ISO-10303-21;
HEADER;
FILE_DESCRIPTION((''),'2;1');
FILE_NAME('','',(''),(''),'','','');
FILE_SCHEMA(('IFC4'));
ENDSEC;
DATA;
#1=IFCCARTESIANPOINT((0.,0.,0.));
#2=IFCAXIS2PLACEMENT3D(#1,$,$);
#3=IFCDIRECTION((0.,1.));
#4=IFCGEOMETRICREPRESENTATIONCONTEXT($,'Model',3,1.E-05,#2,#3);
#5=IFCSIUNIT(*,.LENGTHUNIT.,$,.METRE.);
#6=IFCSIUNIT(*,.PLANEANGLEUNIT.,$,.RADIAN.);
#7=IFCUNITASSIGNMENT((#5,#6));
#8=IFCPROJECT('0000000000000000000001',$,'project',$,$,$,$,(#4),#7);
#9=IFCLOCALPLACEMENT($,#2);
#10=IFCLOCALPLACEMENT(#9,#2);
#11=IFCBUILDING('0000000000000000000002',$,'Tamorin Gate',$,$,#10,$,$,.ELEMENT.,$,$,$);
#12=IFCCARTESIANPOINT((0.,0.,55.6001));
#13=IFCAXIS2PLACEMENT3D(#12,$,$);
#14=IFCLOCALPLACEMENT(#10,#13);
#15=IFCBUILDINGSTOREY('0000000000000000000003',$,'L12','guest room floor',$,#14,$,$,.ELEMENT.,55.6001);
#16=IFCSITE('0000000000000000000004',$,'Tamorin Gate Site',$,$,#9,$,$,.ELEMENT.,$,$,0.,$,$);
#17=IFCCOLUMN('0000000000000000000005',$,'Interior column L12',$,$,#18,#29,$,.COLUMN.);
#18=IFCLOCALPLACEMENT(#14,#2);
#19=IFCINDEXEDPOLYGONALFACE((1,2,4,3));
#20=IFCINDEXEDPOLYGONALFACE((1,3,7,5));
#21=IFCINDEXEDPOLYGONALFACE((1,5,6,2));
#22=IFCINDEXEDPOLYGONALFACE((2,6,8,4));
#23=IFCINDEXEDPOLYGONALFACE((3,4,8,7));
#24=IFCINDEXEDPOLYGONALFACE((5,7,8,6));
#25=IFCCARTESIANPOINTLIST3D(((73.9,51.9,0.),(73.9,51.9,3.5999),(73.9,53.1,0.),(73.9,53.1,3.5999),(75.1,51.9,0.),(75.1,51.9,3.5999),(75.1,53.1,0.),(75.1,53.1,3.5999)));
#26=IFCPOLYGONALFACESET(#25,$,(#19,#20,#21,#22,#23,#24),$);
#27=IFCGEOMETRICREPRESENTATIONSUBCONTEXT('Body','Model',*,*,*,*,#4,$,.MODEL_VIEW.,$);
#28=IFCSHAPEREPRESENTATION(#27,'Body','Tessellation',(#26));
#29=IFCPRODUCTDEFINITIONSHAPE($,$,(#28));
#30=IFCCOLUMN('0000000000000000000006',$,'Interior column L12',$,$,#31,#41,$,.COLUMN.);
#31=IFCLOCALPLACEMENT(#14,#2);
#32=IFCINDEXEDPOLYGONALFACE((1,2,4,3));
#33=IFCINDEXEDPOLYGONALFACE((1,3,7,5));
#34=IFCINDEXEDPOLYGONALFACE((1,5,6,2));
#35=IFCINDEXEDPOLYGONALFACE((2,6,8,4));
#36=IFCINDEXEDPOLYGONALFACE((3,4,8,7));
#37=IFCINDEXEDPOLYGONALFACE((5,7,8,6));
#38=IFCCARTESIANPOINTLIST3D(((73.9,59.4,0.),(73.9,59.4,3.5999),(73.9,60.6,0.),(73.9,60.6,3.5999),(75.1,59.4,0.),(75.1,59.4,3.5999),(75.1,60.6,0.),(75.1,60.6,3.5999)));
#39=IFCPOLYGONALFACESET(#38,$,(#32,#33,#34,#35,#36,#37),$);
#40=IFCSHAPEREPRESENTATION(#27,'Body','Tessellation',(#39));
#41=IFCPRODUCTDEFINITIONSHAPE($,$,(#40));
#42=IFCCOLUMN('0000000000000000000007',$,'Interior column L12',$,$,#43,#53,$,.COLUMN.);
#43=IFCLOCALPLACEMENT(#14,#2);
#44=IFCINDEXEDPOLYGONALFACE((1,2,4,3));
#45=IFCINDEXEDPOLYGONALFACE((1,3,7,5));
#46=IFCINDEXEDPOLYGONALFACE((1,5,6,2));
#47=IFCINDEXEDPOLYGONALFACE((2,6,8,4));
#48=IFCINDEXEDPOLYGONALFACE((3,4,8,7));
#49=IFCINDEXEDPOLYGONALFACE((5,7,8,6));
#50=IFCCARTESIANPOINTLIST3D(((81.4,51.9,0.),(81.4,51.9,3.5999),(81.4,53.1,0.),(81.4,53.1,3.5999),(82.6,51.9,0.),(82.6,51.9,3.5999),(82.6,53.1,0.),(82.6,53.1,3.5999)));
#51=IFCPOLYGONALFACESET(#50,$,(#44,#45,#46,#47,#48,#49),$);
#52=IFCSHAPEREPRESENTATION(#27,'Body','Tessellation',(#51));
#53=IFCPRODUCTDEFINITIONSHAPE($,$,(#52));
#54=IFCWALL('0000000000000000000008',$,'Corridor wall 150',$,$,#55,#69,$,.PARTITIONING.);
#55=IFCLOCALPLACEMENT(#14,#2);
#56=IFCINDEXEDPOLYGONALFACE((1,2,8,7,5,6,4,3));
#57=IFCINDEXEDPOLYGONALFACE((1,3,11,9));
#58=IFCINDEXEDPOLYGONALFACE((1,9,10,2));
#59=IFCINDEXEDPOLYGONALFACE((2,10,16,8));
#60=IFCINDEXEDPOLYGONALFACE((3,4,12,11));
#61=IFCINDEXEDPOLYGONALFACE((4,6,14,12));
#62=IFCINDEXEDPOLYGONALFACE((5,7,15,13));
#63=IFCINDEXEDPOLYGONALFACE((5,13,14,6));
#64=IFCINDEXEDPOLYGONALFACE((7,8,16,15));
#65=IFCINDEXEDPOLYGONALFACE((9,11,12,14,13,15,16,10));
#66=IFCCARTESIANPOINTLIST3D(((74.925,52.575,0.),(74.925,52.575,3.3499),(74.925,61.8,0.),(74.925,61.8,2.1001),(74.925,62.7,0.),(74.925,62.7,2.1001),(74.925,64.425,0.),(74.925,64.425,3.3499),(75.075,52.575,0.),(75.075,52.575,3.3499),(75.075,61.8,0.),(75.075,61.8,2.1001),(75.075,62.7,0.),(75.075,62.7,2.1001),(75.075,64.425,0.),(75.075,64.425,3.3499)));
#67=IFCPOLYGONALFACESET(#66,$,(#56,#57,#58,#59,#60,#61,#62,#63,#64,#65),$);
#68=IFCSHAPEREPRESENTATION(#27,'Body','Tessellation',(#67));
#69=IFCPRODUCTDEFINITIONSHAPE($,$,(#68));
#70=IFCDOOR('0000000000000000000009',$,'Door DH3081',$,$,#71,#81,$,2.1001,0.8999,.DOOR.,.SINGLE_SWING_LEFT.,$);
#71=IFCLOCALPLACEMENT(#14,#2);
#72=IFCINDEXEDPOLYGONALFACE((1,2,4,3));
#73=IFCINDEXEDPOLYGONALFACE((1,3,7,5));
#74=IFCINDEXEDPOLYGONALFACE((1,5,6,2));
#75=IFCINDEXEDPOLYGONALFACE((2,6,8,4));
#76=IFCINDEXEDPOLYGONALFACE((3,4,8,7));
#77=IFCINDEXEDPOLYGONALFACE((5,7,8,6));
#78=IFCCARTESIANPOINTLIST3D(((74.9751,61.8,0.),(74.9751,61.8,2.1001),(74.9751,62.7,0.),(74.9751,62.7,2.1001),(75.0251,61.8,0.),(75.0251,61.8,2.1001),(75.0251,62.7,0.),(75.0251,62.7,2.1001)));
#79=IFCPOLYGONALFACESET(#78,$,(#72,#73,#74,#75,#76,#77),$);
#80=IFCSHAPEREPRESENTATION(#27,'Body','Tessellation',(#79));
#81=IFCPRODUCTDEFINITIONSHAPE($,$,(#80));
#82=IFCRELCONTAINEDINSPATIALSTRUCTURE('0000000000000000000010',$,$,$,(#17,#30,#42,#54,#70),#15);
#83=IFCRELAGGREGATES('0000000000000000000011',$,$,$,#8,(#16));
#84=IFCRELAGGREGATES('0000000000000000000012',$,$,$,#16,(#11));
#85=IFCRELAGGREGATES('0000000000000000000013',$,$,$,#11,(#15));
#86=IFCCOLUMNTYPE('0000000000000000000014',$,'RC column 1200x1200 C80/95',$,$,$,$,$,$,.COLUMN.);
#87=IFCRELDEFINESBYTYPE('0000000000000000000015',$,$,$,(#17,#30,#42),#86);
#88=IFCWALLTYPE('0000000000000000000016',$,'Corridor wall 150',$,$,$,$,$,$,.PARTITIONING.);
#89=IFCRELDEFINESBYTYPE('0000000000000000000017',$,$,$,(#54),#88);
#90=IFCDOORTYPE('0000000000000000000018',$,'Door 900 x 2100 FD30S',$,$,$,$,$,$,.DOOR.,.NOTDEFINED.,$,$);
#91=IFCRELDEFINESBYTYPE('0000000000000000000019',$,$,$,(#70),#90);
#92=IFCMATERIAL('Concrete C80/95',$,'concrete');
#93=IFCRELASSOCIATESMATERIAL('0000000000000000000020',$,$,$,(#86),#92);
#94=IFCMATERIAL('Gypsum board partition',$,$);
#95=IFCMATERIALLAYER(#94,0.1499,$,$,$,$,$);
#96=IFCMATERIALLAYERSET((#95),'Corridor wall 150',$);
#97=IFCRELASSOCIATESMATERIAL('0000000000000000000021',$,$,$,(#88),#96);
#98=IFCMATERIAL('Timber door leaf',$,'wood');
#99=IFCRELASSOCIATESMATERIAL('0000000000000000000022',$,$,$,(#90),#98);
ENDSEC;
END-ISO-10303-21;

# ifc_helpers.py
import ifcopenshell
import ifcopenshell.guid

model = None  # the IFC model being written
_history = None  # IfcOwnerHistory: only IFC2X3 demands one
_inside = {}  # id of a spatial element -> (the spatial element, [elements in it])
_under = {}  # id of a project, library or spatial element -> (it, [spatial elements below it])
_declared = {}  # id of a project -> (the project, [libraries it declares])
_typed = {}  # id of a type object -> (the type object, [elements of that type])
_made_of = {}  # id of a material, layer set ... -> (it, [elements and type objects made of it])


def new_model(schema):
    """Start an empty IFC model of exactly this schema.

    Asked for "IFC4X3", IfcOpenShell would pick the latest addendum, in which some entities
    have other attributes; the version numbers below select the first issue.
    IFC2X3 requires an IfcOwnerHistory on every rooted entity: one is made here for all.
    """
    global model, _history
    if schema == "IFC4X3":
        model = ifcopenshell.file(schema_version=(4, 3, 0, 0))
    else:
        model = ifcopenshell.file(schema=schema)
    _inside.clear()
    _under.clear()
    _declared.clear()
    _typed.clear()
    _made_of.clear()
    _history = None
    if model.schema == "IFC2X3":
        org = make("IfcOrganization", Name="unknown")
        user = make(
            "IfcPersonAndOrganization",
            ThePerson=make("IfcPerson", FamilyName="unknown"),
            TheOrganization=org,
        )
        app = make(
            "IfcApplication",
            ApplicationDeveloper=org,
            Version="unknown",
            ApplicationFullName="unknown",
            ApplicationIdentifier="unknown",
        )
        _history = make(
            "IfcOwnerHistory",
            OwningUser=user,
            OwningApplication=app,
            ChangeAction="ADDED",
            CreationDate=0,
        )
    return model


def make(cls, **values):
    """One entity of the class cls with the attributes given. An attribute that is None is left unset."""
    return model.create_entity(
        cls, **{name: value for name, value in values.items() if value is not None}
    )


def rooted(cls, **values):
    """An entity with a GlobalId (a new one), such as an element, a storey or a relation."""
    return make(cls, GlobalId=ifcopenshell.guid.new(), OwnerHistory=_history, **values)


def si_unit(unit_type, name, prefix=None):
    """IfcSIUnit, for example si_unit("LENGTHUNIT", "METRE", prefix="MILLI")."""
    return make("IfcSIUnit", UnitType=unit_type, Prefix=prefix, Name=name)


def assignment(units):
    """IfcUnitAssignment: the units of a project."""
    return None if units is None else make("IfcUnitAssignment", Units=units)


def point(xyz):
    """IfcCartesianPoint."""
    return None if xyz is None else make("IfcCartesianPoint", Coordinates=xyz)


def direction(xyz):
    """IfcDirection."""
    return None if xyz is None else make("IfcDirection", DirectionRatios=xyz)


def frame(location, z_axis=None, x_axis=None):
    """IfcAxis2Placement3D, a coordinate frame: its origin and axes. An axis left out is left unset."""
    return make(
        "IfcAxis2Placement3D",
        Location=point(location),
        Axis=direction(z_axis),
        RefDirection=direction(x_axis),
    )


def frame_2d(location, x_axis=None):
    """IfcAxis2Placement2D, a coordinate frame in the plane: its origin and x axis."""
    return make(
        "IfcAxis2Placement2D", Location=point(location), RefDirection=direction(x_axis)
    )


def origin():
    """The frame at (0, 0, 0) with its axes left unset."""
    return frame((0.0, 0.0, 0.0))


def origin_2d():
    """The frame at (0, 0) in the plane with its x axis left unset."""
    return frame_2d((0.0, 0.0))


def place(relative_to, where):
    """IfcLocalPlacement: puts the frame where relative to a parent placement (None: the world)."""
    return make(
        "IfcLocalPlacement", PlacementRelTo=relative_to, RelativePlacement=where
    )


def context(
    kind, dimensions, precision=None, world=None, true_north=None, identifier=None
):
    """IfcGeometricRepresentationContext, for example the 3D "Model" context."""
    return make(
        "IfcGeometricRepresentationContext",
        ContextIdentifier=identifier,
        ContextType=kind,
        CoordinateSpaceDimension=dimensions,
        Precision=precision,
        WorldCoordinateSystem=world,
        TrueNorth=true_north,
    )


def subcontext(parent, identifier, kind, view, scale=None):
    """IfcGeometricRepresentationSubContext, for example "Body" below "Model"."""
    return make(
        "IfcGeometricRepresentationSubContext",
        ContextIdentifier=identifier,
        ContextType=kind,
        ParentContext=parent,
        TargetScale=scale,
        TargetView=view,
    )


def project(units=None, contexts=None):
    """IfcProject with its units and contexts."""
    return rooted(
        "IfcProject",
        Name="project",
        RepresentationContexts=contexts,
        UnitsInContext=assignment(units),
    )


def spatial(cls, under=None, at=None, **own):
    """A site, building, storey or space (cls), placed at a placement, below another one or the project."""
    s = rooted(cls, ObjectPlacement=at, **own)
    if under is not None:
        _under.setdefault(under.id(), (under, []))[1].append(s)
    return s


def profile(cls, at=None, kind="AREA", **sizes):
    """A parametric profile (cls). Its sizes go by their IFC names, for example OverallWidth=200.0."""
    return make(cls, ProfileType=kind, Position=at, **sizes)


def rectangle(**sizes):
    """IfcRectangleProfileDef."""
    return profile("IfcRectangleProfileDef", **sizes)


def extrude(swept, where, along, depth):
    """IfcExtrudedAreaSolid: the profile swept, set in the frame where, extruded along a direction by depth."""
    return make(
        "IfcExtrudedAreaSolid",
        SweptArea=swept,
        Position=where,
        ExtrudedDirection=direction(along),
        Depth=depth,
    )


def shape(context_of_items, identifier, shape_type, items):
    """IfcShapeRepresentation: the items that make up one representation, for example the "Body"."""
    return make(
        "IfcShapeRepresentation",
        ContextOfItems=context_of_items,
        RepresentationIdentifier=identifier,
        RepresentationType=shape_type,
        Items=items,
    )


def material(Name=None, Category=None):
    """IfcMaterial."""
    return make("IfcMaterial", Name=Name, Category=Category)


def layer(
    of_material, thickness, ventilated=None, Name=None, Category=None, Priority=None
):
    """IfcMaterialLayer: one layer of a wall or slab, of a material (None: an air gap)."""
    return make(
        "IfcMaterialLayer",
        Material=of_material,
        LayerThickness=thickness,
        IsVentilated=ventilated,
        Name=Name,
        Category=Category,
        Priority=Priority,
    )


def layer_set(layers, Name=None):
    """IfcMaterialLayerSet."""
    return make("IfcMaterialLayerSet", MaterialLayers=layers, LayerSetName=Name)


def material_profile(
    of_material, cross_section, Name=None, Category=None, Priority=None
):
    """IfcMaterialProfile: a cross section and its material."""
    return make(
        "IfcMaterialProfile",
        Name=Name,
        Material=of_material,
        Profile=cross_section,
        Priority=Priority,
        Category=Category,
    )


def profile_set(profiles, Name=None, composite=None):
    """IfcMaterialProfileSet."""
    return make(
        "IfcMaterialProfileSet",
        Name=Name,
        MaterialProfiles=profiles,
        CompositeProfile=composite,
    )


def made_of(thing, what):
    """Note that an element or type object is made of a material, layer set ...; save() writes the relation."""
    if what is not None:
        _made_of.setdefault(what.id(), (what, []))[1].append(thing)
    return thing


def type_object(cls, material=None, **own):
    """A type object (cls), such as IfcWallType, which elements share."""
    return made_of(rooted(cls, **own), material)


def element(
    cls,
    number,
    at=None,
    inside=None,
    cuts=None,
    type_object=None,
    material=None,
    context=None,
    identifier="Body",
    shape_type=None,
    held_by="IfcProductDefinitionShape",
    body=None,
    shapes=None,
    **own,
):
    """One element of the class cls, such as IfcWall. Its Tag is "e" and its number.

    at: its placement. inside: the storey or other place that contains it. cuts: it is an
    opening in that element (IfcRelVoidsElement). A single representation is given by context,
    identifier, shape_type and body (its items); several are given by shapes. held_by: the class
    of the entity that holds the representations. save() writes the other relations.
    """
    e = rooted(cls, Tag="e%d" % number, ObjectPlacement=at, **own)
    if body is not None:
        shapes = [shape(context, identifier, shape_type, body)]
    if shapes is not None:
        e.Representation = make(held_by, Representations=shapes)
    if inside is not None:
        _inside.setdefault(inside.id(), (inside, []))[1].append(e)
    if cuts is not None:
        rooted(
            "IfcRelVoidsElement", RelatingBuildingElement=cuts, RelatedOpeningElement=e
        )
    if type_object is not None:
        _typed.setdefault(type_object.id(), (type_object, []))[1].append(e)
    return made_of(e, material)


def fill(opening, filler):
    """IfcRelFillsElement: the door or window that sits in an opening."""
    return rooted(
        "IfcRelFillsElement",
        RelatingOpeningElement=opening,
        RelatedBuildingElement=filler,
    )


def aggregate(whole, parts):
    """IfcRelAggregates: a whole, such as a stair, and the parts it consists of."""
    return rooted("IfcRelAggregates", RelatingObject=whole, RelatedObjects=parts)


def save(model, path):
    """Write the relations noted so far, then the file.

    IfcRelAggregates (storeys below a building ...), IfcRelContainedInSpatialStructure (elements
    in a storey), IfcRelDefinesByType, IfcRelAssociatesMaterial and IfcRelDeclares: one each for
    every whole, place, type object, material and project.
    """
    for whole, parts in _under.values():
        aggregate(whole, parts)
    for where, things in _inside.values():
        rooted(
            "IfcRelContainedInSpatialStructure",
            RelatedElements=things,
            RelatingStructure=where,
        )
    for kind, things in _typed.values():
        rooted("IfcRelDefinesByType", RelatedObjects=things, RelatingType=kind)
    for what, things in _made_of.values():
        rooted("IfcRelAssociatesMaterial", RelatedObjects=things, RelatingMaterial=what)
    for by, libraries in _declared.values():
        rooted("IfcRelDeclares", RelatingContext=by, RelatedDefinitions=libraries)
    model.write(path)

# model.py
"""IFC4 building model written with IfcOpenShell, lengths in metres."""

from ifc_helpers import new_model, si_unit, direction, frame, frame_2d, origin, origin_2d, place, context, subcontext, project, spatial, rectangle, extrude, material, layer, layer_set, material_profile, profile_set, type_object, element, fill, save


model = new_model("IFC4")

# Units and contexts
model_context = context("Model", 3, precision=1e-05, world=origin(), true_north=direction((0.0, 1.0)))
body_context = subcontext(model_context, "Body", "Model", "MODEL_VIEW")
ifc_project = project(units=[si_unit("LENGTHUNIT", "METRE"), si_unit("PLANEANGLEUNIT", "RADIAN")], contexts=[model_context])

# Site, building, storey
site_placement = place(None, origin())
site = spatial("IfcSite", under=ifc_project, at=site_placement, Name="Tamorin Gate Site", CompositionType="ELEMENT", RefElevation=0.0)
building_placement = place(site_placement, origin())
building = spatial("IfcBuilding", under=site, at=building_placement, Name="Tamorin Gate", CompositionType="ELEMENT")
storey_placement = place(building_placement, frame((0.0, 0.0, 55.6001)))
storey = spatial("IfcBuildingStorey", under=building, at=storey_placement, Name="L12", Description="guest room floor", CompositionType="ELEMENT", Elevation=55.6001)

# Columns
ifc_material_1 = material(Name="Concrete C80/95", Category="concrete")
ifc_material_profile = material_profile(ifc_material_1, rectangle(XDim=1.2, YDim=1.2, at=origin_2d()), Name="RC 1200x1200")
ifc_profile_set = profile_set([ifc_material_profile], Name="Concrete C80/95")
column_type = type_object("IfcColumnType", Name="RC column 1200x1200 C80/95", PredefinedType="COLUMN", material=ifc_profile_set)
for number, where, z_axis, x_axis, name in (
    (1, (74.5, 52.5, 0.0), (0.0, 0.0, 1.0), (1.0, 0.0, 0.0), "Interior column L12"),
    (2, (74.5, 60.0, 0.0), (0.0, 0.0, 1.0), (1.0, 0.0, 0.0), "Interior column L12"),
    (3, (82.0, 52.5, 0.0), (0.0, 0.0, 1.0), (1.0, 0.0, 0.0), "Interior column L12"),
):
    element("IfcColumn", number, at=place(storey_placement, frame(where, z_axis=z_axis, x_axis=x_axis)), inside=storey, type_object=column_type, Name=name, PredefinedType="COLUMN", context=body_context, shape_type="SweptSolid", body=[
        extrude(rectangle(XDim=1.2, YDim=1.2, at=origin_2d()), origin(), (0.0, 0.0, 1.0), 3.5999),
    ])

# Wall, opening, door
ifc_material_2 = material(Name="Gypsum board partition")
ifc_layer_1 = layer(ifc_material_2, 0.1499)
ifc_layer_set_1 = layer_set([ifc_layer_1], Name="Corridor wall 150")
wall_type_1 = type_object("IfcWallType", Name="Corridor wall 150", PredefinedType="PARTITIONING", material=ifc_layer_set_1)
wall_1_placement = place(storey_placement, frame((75.0, 52.575, 0.0), z_axis=(0.0, 0.0, 1.0), x_axis=(0.0, 1.0, 0.0)))
wall_1 = element("IfcWall", 4, at=wall_1_placement, inside=storey, type_object=wall_type_1, Name="Corridor wall 150", PredefinedType="PARTITIONING", context=body_context, shape_type="SweptSolid", body=[
    extrude(rectangle(XDim=11.8501, YDim=0.1499, at=frame_2d((5.925, 0.0))), origin(), (0.0, 0.0, 1.0), 3.3499),
])
opening_1_placement = place(wall_1_placement, frame((9.2251, 0.0, 0.0)))
opening_1 = element("IfcOpeningElement", 5, at=opening_1_placement, cuts=wall_1, PredefinedType="OPENING", context=body_context, shape_type="SweptSolid", body=[
    extrude(rectangle(XDim=0.8999, YDim=2.1001, at=frame_2d((0.45, 1.05))), frame((0.0, 0.085, 0.0), z_axis=(0.0, -1.0, 0.0), x_axis=(1.0, 0.0, 0.0)), (0.0, 0.0, 1.0), 0.1699),
])
ifc_material_3 = material(Name="Timber door leaf", Category="wood")
door_type_1 = type_object("IfcDoorType", Name="Door 900 x 2100 FD30S", OperationType="NOTDEFINED", PredefinedType="DOOR", material=ifc_material_3)
door_1_placement = place(opening_1_placement, origin())
door_1 = element("IfcDoor", 6, at=door_1_placement, inside=storey, type_object=door_type_1, Name="Door DH3081", OperationType="SINGLE_SWING_LEFT", OverallHeight=2.1001, OverallWidth=0.8999, PredefinedType="DOOR", context=body_context, shape_type="SweptSolid", body=[
    extrude(rectangle(XDim=0.8999, YDim=2.1001, at=frame_2d((0.45, 1.05))), frame((0.0, 0.0249, 0.0), z_axis=(0.0, -1.0, 0.0), x_axis=(1.0, 0.0, 0.0)), (0.0, 0.0, 1.0), 0.05),
])
fill(opening_1, door_1)

save(model, "model.ifc")
